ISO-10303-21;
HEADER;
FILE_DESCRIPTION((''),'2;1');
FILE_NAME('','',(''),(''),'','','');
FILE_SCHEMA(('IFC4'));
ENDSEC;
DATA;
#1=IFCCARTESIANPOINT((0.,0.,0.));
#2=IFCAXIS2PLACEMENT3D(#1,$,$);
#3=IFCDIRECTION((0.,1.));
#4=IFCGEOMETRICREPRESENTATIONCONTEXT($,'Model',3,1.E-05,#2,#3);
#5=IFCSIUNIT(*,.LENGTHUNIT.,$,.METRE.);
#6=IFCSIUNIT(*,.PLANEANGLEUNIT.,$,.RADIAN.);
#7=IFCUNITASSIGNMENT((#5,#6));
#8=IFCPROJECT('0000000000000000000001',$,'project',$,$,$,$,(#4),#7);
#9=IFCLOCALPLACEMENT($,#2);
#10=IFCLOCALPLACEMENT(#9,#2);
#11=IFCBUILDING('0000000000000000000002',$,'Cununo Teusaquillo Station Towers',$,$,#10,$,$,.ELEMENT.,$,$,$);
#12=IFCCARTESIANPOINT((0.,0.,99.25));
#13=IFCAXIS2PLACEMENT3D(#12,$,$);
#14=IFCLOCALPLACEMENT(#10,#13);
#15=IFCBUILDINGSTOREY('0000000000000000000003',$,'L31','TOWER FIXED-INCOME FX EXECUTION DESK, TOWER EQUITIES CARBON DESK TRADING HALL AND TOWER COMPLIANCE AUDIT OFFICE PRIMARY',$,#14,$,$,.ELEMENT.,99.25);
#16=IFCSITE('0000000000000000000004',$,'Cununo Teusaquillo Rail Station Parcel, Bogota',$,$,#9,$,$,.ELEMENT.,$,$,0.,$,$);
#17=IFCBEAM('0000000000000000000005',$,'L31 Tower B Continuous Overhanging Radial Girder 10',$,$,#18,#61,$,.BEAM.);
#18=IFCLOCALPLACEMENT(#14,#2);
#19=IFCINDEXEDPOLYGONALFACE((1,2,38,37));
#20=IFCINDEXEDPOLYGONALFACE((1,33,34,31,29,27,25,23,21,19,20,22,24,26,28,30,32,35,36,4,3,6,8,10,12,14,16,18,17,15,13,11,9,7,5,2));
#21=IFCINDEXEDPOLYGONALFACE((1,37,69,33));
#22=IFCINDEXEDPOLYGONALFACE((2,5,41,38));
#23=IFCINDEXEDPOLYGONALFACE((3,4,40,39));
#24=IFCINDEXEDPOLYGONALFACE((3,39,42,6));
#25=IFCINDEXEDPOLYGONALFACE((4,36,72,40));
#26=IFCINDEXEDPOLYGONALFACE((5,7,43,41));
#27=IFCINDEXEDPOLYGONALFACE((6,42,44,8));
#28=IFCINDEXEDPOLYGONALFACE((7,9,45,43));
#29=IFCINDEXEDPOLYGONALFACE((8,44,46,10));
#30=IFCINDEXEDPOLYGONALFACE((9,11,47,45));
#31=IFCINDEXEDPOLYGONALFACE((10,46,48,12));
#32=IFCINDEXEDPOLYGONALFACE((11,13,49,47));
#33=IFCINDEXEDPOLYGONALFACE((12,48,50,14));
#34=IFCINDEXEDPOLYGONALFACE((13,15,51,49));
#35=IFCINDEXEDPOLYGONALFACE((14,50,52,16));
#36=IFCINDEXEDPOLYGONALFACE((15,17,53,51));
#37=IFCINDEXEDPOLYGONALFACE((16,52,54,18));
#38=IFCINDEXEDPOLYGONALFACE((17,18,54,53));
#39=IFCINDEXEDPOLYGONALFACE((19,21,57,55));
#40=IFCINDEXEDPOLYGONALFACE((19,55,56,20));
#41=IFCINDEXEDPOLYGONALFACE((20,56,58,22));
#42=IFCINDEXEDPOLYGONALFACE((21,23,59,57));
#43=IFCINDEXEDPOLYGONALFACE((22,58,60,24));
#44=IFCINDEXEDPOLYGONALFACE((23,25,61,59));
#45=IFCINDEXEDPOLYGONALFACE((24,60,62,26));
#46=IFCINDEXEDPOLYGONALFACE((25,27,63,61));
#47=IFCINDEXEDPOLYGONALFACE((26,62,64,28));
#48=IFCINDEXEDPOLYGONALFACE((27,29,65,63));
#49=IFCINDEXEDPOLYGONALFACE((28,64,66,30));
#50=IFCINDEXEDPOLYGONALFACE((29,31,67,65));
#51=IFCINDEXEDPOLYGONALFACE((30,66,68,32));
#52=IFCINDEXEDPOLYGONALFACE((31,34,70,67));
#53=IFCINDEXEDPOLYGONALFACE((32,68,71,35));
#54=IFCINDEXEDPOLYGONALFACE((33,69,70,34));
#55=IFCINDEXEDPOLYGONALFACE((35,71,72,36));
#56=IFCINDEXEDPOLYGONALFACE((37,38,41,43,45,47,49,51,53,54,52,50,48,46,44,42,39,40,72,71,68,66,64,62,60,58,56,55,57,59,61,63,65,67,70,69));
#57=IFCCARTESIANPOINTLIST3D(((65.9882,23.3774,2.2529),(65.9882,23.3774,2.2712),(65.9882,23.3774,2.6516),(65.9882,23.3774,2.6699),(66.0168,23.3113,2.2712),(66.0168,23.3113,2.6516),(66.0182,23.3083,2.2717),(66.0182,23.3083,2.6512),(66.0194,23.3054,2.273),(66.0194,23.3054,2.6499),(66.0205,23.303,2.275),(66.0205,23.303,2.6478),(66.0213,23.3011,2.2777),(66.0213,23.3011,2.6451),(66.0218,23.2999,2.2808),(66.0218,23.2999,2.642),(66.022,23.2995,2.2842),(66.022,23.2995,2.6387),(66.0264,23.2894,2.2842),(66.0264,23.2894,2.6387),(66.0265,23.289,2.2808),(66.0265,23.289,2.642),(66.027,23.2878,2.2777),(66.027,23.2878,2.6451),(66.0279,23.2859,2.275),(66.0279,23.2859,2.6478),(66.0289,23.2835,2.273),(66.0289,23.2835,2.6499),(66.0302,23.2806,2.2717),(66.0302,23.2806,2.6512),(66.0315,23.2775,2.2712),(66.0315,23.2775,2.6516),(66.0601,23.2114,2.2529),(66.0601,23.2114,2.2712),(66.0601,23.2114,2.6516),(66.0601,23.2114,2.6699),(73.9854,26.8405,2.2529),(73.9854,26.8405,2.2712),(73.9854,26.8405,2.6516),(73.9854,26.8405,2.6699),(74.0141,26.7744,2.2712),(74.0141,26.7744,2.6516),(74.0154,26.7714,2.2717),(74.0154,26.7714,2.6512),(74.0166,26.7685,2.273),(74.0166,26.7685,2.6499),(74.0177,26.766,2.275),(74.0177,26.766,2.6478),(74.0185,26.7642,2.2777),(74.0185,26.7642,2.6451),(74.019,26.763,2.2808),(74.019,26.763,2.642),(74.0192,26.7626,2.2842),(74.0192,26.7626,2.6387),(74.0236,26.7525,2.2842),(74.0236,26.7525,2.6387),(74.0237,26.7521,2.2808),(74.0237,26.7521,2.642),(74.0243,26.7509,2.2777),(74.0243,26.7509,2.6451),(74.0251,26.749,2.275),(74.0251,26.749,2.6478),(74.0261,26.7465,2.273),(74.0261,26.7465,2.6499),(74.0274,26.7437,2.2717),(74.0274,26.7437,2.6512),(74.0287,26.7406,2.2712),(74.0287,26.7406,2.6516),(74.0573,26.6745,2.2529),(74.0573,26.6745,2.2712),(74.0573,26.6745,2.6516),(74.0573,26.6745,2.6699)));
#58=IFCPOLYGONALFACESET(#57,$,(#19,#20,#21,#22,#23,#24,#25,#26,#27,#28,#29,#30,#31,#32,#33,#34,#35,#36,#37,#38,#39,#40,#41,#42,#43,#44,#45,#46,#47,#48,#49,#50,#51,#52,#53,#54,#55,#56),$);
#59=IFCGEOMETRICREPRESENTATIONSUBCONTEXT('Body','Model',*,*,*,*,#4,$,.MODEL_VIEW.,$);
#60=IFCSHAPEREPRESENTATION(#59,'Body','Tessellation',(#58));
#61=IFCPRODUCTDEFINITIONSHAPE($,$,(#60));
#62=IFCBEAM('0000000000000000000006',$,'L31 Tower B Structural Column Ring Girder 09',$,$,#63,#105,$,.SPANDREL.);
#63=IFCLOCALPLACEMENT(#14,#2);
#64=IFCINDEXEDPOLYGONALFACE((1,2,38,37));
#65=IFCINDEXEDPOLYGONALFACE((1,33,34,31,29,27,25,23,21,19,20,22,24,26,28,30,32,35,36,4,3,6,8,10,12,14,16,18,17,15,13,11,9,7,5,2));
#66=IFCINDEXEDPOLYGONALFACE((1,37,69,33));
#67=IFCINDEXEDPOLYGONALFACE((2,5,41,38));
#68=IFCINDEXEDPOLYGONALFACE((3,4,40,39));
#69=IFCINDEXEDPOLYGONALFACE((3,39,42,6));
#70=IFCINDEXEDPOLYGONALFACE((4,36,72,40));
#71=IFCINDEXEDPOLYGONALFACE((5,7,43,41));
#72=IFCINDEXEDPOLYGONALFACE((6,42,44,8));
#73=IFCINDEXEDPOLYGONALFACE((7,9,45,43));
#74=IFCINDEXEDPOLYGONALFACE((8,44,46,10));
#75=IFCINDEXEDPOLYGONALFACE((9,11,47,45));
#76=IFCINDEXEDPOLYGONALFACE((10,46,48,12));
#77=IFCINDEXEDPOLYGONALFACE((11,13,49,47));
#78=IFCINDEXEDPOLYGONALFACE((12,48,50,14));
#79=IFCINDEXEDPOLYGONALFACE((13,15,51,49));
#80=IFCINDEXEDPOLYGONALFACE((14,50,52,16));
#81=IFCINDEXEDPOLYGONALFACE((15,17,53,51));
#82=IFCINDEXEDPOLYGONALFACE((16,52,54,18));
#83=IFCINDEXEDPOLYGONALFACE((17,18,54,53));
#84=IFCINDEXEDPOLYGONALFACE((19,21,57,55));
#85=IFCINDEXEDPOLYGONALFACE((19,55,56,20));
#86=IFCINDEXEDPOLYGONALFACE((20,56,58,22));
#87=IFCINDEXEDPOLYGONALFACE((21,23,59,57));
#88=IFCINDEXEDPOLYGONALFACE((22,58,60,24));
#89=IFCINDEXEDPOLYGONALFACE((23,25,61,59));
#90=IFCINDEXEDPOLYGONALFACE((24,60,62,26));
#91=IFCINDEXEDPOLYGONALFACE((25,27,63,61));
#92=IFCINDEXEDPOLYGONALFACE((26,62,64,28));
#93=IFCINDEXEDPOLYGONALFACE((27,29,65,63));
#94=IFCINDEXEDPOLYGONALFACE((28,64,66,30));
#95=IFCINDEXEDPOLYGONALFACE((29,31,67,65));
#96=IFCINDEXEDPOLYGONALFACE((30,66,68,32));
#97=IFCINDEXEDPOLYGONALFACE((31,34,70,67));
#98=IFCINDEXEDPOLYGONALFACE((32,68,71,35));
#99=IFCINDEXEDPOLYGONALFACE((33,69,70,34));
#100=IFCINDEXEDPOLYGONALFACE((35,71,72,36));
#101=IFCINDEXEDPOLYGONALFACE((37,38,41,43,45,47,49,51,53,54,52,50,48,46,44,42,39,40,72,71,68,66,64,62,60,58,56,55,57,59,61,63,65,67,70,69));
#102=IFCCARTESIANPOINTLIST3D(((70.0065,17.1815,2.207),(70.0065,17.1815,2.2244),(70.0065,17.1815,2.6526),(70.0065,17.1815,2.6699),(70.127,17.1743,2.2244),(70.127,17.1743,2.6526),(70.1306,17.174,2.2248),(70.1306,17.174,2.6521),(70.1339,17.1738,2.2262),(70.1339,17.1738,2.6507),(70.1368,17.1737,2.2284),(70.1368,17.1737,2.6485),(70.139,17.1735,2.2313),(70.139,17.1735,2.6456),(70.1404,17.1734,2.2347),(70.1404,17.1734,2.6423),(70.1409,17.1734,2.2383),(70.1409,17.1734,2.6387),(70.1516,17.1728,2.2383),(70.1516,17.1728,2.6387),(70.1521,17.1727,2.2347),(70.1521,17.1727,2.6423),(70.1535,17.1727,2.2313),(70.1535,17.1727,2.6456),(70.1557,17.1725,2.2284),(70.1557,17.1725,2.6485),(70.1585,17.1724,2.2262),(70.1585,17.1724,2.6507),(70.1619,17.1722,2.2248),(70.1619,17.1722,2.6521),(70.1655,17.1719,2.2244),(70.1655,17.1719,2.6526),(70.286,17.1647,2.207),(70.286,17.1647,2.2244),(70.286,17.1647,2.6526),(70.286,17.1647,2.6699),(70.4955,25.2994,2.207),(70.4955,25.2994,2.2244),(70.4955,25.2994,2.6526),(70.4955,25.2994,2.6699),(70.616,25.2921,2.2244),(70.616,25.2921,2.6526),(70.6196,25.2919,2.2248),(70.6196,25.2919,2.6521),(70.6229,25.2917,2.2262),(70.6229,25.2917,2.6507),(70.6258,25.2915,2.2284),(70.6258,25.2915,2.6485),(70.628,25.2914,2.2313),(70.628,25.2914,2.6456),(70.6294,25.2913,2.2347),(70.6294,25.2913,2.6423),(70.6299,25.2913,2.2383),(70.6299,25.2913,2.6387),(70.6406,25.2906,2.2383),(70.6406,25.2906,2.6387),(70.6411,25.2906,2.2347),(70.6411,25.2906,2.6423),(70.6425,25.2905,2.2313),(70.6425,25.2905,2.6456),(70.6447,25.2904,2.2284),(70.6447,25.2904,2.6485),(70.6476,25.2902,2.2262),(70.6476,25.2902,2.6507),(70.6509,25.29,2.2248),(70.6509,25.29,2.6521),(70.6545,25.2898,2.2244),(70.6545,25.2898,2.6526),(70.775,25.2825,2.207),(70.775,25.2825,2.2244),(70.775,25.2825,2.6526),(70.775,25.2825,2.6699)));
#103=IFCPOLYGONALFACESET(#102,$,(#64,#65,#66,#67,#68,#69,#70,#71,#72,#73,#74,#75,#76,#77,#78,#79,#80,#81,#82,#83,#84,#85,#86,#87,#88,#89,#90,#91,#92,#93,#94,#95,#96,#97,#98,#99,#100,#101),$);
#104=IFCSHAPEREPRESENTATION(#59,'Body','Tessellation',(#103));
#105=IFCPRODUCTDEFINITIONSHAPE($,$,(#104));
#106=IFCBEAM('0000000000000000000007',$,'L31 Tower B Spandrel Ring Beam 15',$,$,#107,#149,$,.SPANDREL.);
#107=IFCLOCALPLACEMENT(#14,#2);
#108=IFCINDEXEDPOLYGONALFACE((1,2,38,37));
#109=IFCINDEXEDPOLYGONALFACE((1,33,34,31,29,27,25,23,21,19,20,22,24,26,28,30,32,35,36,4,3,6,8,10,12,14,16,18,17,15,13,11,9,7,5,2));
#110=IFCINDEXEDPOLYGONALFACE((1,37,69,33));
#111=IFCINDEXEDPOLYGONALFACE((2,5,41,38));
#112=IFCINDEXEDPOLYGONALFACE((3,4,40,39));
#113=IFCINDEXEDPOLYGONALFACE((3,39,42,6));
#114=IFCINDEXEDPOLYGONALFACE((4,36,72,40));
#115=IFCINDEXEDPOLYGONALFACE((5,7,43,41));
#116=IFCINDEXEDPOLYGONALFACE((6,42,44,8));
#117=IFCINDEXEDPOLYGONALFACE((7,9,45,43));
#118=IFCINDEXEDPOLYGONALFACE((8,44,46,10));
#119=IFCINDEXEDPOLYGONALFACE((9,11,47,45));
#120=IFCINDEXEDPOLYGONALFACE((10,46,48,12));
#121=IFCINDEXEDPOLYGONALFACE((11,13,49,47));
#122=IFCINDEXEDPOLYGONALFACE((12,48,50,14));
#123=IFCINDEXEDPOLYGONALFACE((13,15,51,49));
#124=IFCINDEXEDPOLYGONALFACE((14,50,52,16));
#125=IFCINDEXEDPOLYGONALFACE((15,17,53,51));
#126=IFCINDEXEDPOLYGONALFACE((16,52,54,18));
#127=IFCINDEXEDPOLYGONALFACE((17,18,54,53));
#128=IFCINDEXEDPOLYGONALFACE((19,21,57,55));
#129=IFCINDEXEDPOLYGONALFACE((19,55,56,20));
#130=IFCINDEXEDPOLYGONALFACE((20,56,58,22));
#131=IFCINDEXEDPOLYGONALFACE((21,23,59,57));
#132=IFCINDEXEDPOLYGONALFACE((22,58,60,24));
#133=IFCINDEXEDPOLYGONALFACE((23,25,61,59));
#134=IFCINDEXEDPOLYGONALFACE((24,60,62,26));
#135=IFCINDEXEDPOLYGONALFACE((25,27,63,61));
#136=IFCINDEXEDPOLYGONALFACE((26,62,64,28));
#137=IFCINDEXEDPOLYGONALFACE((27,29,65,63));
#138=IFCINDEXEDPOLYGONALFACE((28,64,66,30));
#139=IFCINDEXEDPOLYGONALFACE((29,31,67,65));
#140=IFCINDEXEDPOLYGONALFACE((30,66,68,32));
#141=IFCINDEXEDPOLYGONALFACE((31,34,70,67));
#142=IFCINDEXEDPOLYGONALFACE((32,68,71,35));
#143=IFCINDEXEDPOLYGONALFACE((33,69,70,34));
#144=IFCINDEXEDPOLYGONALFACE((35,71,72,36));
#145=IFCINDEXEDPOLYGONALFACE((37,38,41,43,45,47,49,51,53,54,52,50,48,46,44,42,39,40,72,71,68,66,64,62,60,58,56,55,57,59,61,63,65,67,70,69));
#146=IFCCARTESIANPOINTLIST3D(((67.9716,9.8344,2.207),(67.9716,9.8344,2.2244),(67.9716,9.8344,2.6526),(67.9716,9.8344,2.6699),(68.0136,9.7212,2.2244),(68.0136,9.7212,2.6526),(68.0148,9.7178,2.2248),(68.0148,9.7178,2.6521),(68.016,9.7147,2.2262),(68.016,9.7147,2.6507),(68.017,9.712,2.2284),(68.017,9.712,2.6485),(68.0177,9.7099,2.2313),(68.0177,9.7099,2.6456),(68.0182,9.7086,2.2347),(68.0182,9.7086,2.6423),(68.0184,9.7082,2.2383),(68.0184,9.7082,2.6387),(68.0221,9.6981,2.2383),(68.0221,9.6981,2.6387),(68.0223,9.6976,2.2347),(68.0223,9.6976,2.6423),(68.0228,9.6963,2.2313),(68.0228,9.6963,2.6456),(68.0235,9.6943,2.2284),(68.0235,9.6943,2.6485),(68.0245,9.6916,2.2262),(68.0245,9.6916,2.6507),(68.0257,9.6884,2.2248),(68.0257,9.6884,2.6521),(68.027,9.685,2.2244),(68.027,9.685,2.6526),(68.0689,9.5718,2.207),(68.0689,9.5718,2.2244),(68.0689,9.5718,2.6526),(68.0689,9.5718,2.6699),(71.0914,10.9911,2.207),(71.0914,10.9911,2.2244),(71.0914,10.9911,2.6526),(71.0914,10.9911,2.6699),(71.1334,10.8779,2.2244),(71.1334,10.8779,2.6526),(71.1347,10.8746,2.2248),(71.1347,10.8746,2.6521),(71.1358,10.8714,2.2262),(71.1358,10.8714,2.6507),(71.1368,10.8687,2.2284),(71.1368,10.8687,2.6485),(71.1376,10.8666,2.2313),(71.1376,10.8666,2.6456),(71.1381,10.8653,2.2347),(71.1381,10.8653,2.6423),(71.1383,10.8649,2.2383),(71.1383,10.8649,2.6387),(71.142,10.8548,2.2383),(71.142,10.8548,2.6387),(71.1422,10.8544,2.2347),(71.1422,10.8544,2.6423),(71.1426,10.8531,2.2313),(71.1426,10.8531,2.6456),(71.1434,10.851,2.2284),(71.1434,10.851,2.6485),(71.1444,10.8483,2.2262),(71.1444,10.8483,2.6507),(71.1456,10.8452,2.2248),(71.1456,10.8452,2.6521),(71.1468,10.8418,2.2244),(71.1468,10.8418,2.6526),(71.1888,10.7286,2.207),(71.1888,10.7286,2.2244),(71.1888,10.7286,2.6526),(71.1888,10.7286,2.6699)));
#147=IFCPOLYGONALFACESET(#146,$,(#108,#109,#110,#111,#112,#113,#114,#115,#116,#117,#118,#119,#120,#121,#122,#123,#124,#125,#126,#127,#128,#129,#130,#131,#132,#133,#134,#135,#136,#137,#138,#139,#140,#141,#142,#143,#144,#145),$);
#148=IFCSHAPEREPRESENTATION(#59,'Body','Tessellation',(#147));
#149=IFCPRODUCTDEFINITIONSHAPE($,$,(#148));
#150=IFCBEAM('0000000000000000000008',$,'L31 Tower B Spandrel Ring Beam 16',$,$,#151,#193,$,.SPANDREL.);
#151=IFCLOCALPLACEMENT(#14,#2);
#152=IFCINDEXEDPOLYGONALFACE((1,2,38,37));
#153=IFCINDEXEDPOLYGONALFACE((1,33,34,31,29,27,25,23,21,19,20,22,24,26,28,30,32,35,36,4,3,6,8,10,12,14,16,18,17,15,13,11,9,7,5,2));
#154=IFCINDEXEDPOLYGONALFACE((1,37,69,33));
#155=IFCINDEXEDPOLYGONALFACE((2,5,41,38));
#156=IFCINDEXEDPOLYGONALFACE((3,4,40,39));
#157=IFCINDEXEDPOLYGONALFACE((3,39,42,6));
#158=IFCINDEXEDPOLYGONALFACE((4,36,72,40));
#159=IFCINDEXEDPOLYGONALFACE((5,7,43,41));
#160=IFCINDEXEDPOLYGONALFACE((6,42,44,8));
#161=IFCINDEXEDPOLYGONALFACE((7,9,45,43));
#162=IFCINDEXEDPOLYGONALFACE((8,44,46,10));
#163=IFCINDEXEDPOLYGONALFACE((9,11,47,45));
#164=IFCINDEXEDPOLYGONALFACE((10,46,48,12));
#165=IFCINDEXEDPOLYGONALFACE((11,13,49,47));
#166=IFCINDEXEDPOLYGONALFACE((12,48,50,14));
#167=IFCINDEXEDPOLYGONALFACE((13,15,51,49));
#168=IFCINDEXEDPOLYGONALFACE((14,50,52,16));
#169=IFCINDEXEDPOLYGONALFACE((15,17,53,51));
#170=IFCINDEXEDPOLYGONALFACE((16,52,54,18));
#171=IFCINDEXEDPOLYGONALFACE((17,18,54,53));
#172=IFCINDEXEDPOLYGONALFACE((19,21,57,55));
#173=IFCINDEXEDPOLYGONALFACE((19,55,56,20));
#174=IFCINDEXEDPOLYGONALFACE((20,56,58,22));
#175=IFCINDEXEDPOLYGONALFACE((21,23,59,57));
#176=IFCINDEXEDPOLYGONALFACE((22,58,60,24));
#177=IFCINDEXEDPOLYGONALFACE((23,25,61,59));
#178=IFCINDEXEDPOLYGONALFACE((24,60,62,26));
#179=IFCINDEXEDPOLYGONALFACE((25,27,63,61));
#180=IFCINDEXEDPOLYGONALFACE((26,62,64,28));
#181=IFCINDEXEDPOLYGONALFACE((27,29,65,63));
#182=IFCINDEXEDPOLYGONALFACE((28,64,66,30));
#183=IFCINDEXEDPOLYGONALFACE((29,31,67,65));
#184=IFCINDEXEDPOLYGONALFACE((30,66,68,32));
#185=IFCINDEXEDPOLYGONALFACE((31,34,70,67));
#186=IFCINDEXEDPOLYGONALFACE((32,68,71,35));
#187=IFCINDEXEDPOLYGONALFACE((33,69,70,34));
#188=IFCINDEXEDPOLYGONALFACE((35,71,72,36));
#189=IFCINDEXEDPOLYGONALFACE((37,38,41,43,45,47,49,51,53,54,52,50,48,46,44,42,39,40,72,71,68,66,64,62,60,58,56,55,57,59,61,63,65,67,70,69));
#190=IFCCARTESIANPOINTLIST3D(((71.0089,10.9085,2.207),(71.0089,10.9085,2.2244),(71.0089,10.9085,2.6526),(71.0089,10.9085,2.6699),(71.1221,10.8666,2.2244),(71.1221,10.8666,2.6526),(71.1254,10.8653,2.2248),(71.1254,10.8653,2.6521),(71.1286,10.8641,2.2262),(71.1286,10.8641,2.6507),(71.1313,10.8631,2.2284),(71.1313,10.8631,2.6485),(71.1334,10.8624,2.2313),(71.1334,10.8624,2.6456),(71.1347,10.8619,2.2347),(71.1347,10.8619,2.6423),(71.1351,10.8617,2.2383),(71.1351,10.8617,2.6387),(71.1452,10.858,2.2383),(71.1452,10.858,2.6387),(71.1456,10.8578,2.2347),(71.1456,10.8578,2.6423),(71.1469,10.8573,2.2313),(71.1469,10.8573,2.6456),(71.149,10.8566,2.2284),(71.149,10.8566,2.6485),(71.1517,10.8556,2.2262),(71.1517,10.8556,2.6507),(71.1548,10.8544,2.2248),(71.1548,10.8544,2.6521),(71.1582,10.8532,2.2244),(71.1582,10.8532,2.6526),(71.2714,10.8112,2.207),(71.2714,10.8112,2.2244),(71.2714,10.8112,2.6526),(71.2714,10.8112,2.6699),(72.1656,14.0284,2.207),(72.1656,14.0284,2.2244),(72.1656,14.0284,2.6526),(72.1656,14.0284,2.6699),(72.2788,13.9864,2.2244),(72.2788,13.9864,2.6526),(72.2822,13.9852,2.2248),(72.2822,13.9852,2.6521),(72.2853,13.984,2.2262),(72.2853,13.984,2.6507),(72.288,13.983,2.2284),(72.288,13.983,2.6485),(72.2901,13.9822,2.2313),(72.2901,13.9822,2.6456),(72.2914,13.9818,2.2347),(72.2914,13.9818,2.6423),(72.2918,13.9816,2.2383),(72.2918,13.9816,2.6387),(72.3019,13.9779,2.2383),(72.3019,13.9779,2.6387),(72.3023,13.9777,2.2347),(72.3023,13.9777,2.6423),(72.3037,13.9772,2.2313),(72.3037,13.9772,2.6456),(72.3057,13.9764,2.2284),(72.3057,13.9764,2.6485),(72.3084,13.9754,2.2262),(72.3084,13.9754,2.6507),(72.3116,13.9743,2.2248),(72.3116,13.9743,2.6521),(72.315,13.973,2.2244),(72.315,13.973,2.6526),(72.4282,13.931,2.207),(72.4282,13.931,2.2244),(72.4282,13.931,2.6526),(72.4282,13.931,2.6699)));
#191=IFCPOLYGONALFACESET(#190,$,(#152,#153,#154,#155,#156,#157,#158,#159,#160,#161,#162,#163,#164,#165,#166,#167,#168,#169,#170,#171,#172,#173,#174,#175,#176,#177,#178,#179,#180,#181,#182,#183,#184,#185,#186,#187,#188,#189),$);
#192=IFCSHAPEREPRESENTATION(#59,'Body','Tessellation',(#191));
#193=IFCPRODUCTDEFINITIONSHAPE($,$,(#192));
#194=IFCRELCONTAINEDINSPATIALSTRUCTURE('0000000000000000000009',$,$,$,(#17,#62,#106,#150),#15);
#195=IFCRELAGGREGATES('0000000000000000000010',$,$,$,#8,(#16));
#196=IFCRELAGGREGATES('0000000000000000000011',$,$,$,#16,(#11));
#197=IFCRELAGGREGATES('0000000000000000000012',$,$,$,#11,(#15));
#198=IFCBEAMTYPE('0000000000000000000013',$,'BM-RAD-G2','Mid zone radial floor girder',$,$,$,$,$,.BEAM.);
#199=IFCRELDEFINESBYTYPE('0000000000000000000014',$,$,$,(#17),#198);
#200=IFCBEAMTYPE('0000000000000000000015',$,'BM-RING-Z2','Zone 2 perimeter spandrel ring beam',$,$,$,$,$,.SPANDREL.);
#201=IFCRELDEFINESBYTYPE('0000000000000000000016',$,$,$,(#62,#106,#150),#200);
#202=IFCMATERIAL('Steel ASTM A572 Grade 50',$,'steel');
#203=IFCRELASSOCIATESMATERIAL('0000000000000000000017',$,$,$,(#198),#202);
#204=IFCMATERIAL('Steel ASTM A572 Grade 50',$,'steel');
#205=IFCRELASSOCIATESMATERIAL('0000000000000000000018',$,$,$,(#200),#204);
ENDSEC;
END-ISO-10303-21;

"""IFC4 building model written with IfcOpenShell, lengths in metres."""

from ifc_helpers import new_model, si_unit, direction, frame, origin, origin_2d, place, context, subcontext, project, spatial, i_section, extrude, material, material_profile, profile_set, type_object, element, save


model = new_model("IFC4")

# Units and contexts
model_context = context("Model", 3, precision=1e-05, world=origin(), true_north=direction((0.0, 1.0)))
body_context = subcontext(model_context, "Body", "Model", "MODEL_VIEW")
ifc_project = project(units=[si_unit("LENGTHUNIT", "METRE"), si_unit("PLANEANGLEUNIT", "RADIAN")], contexts=[model_context])

# Site, building, storey
site_placement = place(None, origin())
site = spatial("IfcSite", under=ifc_project, at=site_placement, Name="Cununo Teusaquillo Rail Station Parcel, Bogota", CompositionType="ELEMENT", RefElevation=0.0)
building_placement = place(site_placement, origin())
building = spatial("IfcBuilding", under=site, at=building_placement, Name="Cununo Teusaquillo Station Towers", CompositionType="ELEMENT")
storey_placement = place(building_placement, frame((0.0, 0.0, 99.25)))
storey = spatial("IfcBuildingStorey", under=building, at=storey_placement, Name="L31", Description="TOWER FIXED-INCOME FX EXECUTION DESK, TOWER EQUITIES CARBON DESK TRADING HALL AND TOWER COMPLIANCE AUDIT OFFICE PRIMARY", CompositionType="ELEMENT", Elevation=99.25)

# Beams
ifc_material_1 = material(Name="Steel ASTM A572 Grade 50", Category="steel")
ifc_material_profile_1 = material_profile(ifc_material_1, i_section(OverallWidth=0.1809, OverallDepth=0.417, WebThickness=0.011, FlangeThickness=0.0183, FilletRadius=0.0129, at=origin_2d()), Name="W16X57")
ifc_profile_set_1 = profile_set([ifc_material_profile_1], Name="Steel ASTM A572 Grade 50")
beam_type_1 = type_object("IfcBeamType", Name="BM-RAD-G2", Description="Mid zone radial floor girder", PredefinedType="BEAM", material=ifc_profile_set_1)
beam_1_placement = place(storey_placement, frame((66.0242, 23.2944, 2.4614), z_axis=(0.917655, 0.397379, 0.0), x_axis=(-0.397379, 0.917655, 0.0)))
element("IfcBeam", 1, at=beam_1_placement, inside=storey, type_object=beam_type_1, Name="L31 Tower B Continuous Overhanging Radial Girder 10", PredefinedType="BEAM", context=body_context, shape_type="SweptSolid", body=[
    extrude(i_section(OverallWidth=0.1809, OverallDepth=0.417, WebThickness=0.011, FlangeThickness=0.0183, FilletRadius=0.0129, at=origin_2d()), origin(), (0.0, 0.0, 1.0), 8.7148),
])
ifc_material_2 = material(Name="Steel ASTM A572 Grade 50", Category="steel")
ifc_material_profile_2 = material_profile(ifc_material_2, i_section(OverallWidth=0.28, OverallDepth=0.4629, WebThickness=0.0107, FlangeThickness=0.0173, FilletRadius=0.0139, at=origin_2d()), Name="W18X76")
ifc_profile_set_2 = profile_set([ifc_material_profile_2], Name="Steel ASTM A572 Grade 50")
beam_type_2 = type_object("IfcBeamType", Name="BM-RING-Z2", Description="Zone 2 perimeter spandrel ring beam", PredefinedType="SPANDREL", material=ifc_profile_set_2)
beam_2_placement = place(storey_placement, frame((70.1462, 17.1731, 2.4385), z_axis=(0.06013, 0.998191, 0.0), x_axis=(-0.998191, 0.06013, 0.0)))
element("IfcBeam", 2, at=beam_2_placement, inside=storey, type_object=beam_type_2, Name="L31 Tower B Structural Column Ring Girder 09", PredefinedType="SPANDREL", context=body_context, shape_type="SweptSolid", body=[
    extrude(i_section(OverallWidth=0.28, OverallDepth=0.4629, WebThickness=0.0107, FlangeThickness=0.0173, FilletRadius=0.0139, at=origin_2d()), origin(), (0.0, 0.0, 1.0), 8.1326),
])
for number, where, z_axis, x_axis, name in (
    (3, (68.0203, 9.7031, 2.4385), (0.937628, 0.347639, 0.0), (-0.347639, 0.937628, 0.0), "L31 Tower B Spandrel Ring Beam 15"),
    (4, (71.1401, 10.8599, 2.4385), (0.347639, 0.937628, 0.0), (-0.937628, 0.347639, 0.0), "L31 Tower B Spandrel Ring Beam 16"),
):
    element("IfcBeam", number, at=place(storey_placement, frame(where, z_axis=z_axis, x_axis=x_axis)), inside=storey, type_object=beam_type_2, Name=name, PredefinedType="SPANDREL", context=body_context, shape_type="SweptSolid", body=[
        extrude(i_section(OverallWidth=0.28, OverallDepth=0.4629, WebThickness=0.0107, FlangeThickness=0.0173, FilletRadius=0.0139, at=origin_2d()), origin(), (0.0, 0.0, 1.0), 3.3274),
    ])

save(model, "model.ifc")
